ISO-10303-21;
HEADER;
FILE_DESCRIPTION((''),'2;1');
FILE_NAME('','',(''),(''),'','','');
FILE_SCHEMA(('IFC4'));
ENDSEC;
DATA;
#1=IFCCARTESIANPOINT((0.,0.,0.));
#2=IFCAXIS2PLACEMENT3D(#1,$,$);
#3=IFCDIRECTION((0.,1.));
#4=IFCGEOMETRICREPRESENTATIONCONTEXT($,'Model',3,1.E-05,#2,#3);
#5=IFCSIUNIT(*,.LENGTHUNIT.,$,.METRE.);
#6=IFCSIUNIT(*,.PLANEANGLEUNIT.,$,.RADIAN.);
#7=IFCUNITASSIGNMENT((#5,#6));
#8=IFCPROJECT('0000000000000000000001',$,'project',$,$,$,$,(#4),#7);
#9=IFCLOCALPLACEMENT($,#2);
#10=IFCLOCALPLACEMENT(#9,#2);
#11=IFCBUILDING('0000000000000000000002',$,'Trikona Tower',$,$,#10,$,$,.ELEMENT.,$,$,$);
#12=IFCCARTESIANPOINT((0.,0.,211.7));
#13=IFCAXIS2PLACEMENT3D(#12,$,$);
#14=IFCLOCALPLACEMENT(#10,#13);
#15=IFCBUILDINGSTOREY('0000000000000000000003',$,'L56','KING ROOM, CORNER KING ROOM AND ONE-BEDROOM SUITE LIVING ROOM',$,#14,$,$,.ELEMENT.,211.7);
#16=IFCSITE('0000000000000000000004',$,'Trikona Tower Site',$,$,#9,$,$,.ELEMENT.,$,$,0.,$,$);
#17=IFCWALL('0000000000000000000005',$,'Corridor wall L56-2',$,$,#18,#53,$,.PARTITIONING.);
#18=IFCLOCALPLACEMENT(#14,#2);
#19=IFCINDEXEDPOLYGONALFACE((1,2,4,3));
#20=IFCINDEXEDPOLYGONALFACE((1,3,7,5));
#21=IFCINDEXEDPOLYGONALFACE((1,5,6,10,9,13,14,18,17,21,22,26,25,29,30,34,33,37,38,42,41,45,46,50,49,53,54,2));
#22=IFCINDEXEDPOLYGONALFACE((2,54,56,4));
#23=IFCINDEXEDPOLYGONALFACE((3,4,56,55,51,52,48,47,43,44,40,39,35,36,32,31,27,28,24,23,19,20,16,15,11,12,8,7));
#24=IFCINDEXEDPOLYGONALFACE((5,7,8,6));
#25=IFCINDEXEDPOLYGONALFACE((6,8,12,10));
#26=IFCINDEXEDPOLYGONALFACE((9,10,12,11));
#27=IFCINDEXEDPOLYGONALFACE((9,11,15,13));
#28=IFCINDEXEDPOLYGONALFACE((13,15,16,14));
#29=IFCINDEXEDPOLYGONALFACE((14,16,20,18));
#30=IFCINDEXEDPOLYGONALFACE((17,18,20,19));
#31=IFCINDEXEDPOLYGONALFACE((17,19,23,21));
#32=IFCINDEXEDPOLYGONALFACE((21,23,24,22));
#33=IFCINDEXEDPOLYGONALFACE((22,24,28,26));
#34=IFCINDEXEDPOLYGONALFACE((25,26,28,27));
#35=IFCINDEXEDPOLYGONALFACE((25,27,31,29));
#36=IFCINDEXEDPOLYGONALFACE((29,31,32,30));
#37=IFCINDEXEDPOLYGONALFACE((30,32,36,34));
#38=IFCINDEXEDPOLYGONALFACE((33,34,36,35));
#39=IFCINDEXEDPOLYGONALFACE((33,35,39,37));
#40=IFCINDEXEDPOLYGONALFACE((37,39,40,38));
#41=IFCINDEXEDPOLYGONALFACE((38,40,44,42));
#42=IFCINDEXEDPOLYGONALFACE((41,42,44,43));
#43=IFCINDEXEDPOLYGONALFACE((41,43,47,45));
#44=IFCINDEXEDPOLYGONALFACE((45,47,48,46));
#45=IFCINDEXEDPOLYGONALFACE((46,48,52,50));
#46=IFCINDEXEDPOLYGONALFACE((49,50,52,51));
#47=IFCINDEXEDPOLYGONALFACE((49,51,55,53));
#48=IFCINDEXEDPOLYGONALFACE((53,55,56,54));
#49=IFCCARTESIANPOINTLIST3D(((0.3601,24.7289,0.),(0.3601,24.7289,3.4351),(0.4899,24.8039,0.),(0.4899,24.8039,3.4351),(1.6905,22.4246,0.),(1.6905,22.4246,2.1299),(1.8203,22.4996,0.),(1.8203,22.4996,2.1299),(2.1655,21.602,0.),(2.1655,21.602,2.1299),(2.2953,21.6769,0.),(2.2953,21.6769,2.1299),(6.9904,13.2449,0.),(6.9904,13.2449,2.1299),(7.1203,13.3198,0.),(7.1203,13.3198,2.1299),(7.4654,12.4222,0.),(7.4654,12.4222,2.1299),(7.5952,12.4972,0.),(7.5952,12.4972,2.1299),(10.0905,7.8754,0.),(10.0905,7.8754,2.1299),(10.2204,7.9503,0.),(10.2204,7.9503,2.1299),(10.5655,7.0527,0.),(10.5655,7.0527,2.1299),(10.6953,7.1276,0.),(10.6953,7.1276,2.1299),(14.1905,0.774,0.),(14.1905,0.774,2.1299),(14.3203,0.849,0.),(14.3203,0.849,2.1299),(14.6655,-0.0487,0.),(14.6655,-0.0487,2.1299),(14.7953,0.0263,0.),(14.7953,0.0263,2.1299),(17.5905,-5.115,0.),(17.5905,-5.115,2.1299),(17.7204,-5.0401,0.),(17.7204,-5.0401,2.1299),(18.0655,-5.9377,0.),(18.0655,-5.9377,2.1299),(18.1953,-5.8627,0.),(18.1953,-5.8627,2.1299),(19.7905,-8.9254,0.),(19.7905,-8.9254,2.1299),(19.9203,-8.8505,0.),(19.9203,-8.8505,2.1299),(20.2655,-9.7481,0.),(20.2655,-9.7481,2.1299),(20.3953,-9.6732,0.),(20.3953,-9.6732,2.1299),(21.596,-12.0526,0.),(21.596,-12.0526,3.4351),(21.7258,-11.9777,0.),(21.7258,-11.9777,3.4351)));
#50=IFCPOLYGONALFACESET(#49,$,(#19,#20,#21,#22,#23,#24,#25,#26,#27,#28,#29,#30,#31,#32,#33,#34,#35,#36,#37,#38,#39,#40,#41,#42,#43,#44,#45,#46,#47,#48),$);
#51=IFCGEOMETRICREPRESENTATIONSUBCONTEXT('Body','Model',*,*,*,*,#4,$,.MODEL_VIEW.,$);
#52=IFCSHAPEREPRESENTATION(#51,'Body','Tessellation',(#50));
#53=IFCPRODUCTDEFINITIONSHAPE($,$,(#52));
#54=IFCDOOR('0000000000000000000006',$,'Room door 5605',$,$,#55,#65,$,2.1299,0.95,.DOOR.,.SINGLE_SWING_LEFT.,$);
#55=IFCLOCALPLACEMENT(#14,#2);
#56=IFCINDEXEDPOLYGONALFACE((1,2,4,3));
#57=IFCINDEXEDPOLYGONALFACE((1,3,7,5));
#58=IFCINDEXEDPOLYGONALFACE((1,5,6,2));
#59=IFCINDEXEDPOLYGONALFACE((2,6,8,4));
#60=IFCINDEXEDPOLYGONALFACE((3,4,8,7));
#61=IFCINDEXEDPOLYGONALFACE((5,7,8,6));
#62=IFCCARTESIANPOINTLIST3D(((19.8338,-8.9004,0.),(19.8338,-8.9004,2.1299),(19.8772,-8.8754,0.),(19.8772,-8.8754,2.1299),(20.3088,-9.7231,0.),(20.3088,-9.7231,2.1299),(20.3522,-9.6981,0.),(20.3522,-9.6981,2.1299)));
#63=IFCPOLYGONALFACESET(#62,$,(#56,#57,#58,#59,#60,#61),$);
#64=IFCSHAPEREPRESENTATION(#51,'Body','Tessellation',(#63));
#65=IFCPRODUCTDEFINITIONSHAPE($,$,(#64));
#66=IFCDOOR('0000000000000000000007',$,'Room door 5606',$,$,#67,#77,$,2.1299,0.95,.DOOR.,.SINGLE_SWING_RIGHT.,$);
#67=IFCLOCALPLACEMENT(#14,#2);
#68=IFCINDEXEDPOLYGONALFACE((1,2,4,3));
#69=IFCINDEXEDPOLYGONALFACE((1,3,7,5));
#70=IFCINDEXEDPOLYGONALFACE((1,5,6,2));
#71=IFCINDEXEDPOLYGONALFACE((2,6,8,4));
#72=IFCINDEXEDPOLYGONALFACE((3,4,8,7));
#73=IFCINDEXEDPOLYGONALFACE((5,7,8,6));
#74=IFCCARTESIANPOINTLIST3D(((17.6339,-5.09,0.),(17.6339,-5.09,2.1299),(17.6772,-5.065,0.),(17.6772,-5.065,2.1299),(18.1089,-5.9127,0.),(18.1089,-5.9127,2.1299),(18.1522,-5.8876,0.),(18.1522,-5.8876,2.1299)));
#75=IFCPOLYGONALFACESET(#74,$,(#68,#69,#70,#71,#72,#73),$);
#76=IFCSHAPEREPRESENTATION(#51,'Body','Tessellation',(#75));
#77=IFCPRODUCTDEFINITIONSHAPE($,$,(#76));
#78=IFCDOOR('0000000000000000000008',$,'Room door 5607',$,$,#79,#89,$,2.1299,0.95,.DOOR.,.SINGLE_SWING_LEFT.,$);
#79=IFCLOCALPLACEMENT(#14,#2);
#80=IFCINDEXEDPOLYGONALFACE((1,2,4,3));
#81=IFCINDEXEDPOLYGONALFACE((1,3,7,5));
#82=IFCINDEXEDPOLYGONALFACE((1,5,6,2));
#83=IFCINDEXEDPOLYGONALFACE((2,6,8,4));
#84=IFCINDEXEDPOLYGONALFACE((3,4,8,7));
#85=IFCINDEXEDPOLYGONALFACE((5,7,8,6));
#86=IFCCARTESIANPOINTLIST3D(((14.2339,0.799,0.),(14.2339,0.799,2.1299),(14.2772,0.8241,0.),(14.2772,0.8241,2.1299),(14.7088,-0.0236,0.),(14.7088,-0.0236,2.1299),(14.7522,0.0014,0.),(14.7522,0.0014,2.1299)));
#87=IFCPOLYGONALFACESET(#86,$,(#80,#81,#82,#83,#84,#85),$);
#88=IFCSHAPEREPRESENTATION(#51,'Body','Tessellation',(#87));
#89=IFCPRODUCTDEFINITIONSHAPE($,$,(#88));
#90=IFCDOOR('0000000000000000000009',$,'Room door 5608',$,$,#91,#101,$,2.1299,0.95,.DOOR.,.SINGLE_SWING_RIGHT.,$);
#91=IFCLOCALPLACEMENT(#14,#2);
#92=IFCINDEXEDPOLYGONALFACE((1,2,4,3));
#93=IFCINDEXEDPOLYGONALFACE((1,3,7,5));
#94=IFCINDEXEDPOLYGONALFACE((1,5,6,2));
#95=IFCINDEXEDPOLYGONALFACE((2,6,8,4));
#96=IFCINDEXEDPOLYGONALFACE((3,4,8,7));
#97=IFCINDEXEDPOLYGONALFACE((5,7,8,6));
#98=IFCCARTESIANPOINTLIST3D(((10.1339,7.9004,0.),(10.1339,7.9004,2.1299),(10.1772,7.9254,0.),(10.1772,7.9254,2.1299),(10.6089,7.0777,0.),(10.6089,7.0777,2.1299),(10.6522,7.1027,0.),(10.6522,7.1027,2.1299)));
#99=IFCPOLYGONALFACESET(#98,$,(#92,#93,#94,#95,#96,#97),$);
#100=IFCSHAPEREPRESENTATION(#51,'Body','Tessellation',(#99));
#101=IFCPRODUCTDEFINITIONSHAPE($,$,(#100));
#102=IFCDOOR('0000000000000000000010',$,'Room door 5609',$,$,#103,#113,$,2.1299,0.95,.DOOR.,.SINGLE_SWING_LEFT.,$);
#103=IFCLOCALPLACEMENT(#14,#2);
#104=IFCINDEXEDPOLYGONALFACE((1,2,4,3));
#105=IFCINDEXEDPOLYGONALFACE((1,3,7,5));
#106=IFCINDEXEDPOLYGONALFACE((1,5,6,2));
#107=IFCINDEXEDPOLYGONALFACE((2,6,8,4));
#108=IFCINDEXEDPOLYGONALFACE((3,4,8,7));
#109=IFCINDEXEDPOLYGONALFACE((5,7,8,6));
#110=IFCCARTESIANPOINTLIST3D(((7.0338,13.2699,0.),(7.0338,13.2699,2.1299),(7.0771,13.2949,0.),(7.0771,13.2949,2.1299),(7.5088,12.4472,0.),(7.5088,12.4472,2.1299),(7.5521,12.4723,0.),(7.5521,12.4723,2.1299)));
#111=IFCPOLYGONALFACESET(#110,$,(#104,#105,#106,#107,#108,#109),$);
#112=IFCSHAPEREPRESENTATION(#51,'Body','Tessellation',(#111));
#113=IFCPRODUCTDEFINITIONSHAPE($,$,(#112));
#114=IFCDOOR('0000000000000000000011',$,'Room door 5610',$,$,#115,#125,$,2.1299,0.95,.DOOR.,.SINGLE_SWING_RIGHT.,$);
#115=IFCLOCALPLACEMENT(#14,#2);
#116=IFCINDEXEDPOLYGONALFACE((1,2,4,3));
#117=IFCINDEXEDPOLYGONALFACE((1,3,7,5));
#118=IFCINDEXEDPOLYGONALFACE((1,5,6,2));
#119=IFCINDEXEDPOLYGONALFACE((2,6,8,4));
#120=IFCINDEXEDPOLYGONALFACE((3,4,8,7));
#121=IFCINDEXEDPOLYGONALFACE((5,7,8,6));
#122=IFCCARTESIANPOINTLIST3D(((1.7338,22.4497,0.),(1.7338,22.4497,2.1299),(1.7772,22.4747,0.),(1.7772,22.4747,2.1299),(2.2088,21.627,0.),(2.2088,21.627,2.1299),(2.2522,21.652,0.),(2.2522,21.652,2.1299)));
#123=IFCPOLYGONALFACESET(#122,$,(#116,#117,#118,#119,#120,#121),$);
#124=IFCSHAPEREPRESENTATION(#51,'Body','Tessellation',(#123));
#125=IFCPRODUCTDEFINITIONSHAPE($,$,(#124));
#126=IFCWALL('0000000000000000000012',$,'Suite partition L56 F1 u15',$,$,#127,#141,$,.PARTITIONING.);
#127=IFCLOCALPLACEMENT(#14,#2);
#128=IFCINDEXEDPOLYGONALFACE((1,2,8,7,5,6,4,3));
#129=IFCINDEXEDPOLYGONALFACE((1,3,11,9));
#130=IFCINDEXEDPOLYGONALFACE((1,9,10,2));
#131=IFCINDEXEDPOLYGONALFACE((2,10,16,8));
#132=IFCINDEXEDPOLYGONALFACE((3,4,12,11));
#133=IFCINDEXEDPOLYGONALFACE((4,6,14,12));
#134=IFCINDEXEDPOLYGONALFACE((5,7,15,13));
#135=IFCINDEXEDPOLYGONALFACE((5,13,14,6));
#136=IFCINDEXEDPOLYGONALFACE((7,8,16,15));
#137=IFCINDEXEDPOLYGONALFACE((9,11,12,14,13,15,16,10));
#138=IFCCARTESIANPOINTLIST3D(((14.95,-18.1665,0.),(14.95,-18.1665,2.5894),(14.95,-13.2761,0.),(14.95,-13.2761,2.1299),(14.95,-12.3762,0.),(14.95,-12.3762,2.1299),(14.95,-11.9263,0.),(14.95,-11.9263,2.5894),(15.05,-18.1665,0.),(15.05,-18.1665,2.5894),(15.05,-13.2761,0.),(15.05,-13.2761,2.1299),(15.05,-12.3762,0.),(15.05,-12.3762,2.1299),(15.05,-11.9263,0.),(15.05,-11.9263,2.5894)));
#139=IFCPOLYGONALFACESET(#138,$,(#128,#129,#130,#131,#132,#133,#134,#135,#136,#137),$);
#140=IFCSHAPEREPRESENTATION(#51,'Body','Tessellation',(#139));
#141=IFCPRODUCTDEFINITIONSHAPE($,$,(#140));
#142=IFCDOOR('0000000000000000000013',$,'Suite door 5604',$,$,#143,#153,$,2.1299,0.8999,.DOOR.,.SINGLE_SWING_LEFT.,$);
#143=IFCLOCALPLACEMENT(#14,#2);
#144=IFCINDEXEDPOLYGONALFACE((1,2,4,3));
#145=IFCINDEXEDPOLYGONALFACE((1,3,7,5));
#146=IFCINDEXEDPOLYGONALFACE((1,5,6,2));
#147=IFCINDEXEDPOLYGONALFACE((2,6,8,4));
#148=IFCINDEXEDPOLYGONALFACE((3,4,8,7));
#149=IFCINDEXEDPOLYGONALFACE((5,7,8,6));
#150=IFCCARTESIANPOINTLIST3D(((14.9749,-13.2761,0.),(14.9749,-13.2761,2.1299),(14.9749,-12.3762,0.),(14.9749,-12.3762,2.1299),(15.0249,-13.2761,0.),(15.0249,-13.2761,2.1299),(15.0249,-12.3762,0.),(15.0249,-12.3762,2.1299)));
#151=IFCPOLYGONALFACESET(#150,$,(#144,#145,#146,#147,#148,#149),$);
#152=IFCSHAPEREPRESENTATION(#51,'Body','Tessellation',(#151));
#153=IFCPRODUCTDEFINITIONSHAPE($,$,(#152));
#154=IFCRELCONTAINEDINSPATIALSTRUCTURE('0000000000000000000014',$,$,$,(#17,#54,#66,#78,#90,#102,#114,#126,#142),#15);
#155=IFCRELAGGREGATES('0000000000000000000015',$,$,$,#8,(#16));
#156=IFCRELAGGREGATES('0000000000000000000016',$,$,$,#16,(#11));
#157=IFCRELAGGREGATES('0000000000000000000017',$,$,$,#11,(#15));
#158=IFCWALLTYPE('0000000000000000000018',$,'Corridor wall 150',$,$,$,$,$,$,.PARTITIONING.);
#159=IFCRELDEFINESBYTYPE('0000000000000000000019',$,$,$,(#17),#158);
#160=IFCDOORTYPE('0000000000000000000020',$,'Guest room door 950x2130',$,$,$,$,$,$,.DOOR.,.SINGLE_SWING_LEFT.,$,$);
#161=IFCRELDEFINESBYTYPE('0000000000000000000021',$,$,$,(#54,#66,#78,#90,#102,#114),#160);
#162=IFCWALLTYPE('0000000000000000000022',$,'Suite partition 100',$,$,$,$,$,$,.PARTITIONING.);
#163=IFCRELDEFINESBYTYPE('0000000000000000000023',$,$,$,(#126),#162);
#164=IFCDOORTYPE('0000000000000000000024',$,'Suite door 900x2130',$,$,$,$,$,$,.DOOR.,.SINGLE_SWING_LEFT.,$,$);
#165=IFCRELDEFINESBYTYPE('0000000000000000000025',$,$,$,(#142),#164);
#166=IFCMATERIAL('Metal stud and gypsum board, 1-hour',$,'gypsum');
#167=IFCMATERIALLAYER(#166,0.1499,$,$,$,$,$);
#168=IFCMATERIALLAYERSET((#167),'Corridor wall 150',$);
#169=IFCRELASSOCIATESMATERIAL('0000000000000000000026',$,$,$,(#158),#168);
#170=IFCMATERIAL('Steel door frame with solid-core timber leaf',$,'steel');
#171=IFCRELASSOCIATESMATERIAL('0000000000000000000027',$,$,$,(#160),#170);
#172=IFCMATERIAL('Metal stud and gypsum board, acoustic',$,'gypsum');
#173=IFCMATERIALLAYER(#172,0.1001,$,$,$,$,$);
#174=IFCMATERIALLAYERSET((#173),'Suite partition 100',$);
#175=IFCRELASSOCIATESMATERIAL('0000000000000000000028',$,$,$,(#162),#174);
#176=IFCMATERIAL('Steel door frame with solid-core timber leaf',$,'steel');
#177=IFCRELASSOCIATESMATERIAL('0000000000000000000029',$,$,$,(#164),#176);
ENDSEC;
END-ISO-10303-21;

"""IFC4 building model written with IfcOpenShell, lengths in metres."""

from ifc_helpers import new_model, si_unit, direction, frame, frame_2d, origin, place, context, subcontext, project, spatial, rectangle, extrude, material, layer, layer_set, type_object, element, fill, save


model = new_model("IFC4")

# Units and contexts
model_context = context("Model", 3, precision=1e-05, world=origin(), true_north=direction((0.0, 1.0)))
body_context = subcontext(model_context, "Body", "Model", "MODEL_VIEW")
ifc_project = project(units=[si_unit("LENGTHUNIT", "METRE"), si_unit("PLANEANGLEUNIT", "RADIAN")], contexts=[model_context])

# Site, building, storey
site_placement = place(None, origin())
site = spatial("IfcSite", under=ifc_project, at=site_placement, Name="Trikona Tower Site", CompositionType="ELEMENT", RefElevation=0.0)
building_placement = place(site_placement, origin())
building = spatial("IfcBuilding", under=site, at=building_placement, Name="Trikona Tower", CompositionType="ELEMENT")
storey_placement = place(building_placement, frame((0.0, 0.0, 211.7)))
storey = spatial("IfcBuildingStorey", under=building, at=storey_placement, Name="L56", Description="KING ROOM, CORNER KING ROOM AND ONE-BEDROOM SUITE LIVING ROOM", CompositionType="ELEMENT", Elevation=211.7)

# Wall, openings, doors
ifc_material_1 = material(Name="Metal stud and gypsum board, 1-hour", Category="gypsum")
ifc_layer_1 = layer(ifc_material_1, 0.1499)
ifc_layer_set_1 = layer_set([ifc_layer_1], Name="Corridor wall 150")
wall_type_1 = type_object("IfcWallType", Name="Corridor wall 150", PredefinedType="PARTITIONING", material=ifc_layer_set_1)
wall_1_placement = place(storey_placement, frame((21.6609, -12.0151, 0.0), z_axis=(0.0, 0.0, 1.0), x_axis=(-0.500001, 0.866025, 0.0)))
wall_1 = element("IfcWall", 1, at=wall_1_placement, inside=storey, type_object=wall_type_1, Name="Corridor wall L56-2", PredefinedType="PARTITIONING", context=body_context, shape_type="SweptSolid", body=[
    extrude(rectangle(XDim=42.4717, YDim=0.1499, at=frame_2d((21.2358, 0.0))), origin(), (0.0, 0.0, 1.0), 3.4351),
])
opening_1_placement = place(wall_1_placement, frame((2.6609, 0.0, 0.0)))
opening_1 = element("IfcOpeningElement", 2, at=opening_1_placement, cuts=wall_1, PredefinedType="OPENING", context=body_context, shape_type="SweptSolid", body=[
    extrude(rectangle(XDim=0.95, YDim=2.1299, at=frame_2d((0.4751, 1.0649))), frame((0.0, 0.085, 0.0), z_axis=(0.0, -1.0, 0.0), x_axis=(1.0, 0.0, 0.0)), (0.0, 0.0, 1.0), 0.1699),
])
opening_2_placement = place(wall_1_placement, frame((7.0608, 0.0, 0.0)))
opening_2 = element("IfcOpeningElement", 3, at=opening_2_placement, cuts=wall_1, PredefinedType="OPENING", context=body_context, shape_type="SweptSolid", body=[
    extrude(rectangle(XDim=0.95, YDim=2.1299, at=frame_2d((0.4751, 1.0649))), frame((0.0, 0.085, 0.0), z_axis=(0.0, -1.0, 0.0), x_axis=(1.0, 0.0, 0.0)), (0.0, 0.0, 1.0), 0.1699),
])
opening_3_placement = place(wall_1_placement, frame((13.8608, 0.0, 0.0)))
opening_3 = element("IfcOpeningElement", 4, at=opening_3_placement, cuts=wall_1, PredefinedType="OPENING", context=body_context, shape_type="SweptSolid", body=[
    extrude(rectangle(XDim=0.95, YDim=2.1299, at=frame_2d((0.4751, 1.0649))), frame((0.0, 0.085, 0.0), z_axis=(0.0, -1.0, 0.0), x_axis=(1.0, 0.0, 0.0)), (0.0, 0.0, 1.0), 0.1699),
])
opening_4_placement = place(wall_1_placement, frame((22.0608, 0.0, 0.0)))
opening_4 = element("IfcOpeningElement", 5, at=opening_4_placement, cuts=wall_1, PredefinedType="OPENING", context=body_context, shape_type="SweptSolid", body=[
    extrude(rectangle(XDim=0.95, YDim=2.1299, at=frame_2d((0.4751, 1.0649))), frame((0.0, 0.085, 0.0), z_axis=(0.0, -1.0, 0.0), x_axis=(1.0, 0.0, 0.0)), (0.0, 0.0, 1.0), 0.1699),
])
opening_5_placement = place(wall_1_placement, frame((28.261, 0.0, 0.0)))
opening_5 = element("IfcOpeningElement", 6, at=opening_5_placement, cuts=wall_1, PredefinedType="OPENING", context=body_context, shape_type="SweptSolid", body=[
    extrude(rectangle(XDim=0.95, YDim=2.1299, at=frame_2d((0.4751, 1.0649))), frame((0.0, 0.085, 0.0), z_axis=(0.0, -1.0, 0.0), x_axis=(1.0, 0.0, 0.0)), (0.0, 0.0, 1.0), 0.1699),
])
opening_6_placement = place(wall_1_placement, frame((38.8608, 0.0, 0.0)))
opening_6 = element("IfcOpeningElement", 7, at=opening_6_placement, cuts=wall_1, PredefinedType="OPENING", context=body_context, shape_type="SweptSolid", body=[
    extrude(rectangle(XDim=0.95, YDim=2.1299, at=frame_2d((0.4751, 1.0649))), frame((0.0, 0.085, 0.0), z_axis=(0.0, -1.0, 0.0), x_axis=(1.0, 0.0, 0.0)), (0.0, 0.0, 1.0), 0.1699),
])
ifc_material_2 = material(Name="Steel door frame with solid-core timber leaf", Category="steel")
door_type_1 = type_object("IfcDoorType", Name="Guest room door 950x2130", OperationType="SINGLE_SWING_LEFT", PredefinedType="DOOR", material=ifc_material_2)
door_1_placement = place(opening_1_placement, origin())
door_1 = element("IfcDoor", 8, at=door_1_placement, inside=storey, type_object=door_type_1, Name="Room door 5605", OperationType="SINGLE_SWING_LEFT", OverallHeight=2.1299, OverallWidth=0.95, PredefinedType="DOOR", context=body_context, shape_type="SweptSolid", body=[
    extrude(rectangle(XDim=0.95, YDim=2.1299, at=frame_2d((0.4751, 1.0649))), frame((0.0, 0.0249, 0.0), z_axis=(0.0, -1.0, 0.0), x_axis=(1.0, 0.0, 0.0)), (0.0, 0.0, 1.0), 0.05),
])
fill(opening_1, door_1)
door_2_placement = place(opening_2_placement, origin())
door_2 = element("IfcDoor", 9, at=door_2_placement, inside=storey, type_object=door_type_1, Name="Room door 5606", OperationType="SINGLE_SWING_RIGHT", OverallHeight=2.1299, OverallWidth=0.95, PredefinedType="DOOR", context=body_context, shape_type="SweptSolid", body=[
    extrude(rectangle(XDim=0.95, YDim=2.1299, at=frame_2d((0.4751, 1.0649))), frame((0.0, 0.0249, 0.0), z_axis=(0.0, -1.0, 0.0), x_axis=(1.0, 0.0, 0.0)), (0.0, 0.0, 1.0), 0.05),
])
fill(opening_2, door_2)
door_3_placement = place(opening_3_placement, origin())
door_3 = element("IfcDoor", 10, at=door_3_placement, inside=storey, type_object=door_type_1, Name="Room door 5607", OperationType="SINGLE_SWING_LEFT", OverallHeight=2.1299, OverallWidth=0.95, PredefinedType="DOOR", context=body_context, shape_type="SweptSolid", body=[
    extrude(rectangle(XDim=0.95, YDim=2.1299, at=frame_2d((0.4751, 1.0649))), frame((0.0, 0.0249, 0.0), z_axis=(0.0, -1.0, 0.0), x_axis=(1.0, 0.0, 0.0)), (0.0, 0.0, 1.0), 0.05),
])
fill(opening_3, door_3)
door_4_placement = place(opening_4_placement, origin())
door_4 = element("IfcDoor", 11, at=door_4_placement, inside=storey, type_object=door_type_1, Name="Room door 5608", OperationType="SINGLE_SWING_RIGHT", OverallHeight=2.1299, OverallWidth=0.95, PredefinedType="DOOR", context=body_context, shape_type="SweptSolid", body=[
    extrude(rectangle(XDim=0.95, YDim=2.1299, at=frame_2d((0.4751, 1.0649))), frame((0.0, 0.0249, 0.0), z_axis=(0.0, -1.0, 0.0), x_axis=(1.0, 0.0, 0.0)), (0.0, 0.0, 1.0), 0.05),
])
fill(opening_4, door_4)
door_5_placement = place(opening_5_placement, origin())
door_5 = element("IfcDoor", 12, at=door_5_placement, inside=storey, type_object=door_type_1, Name="Room door 5609", OperationType="SINGLE_SWING_LEFT", OverallHeight=2.1299, OverallWidth=0.95, PredefinedType="DOOR", context=body_context, shape_type="SweptSolid", body=[
    extrude(rectangle(XDim=0.95, YDim=2.1299, at=frame_2d((0.4751, 1.0649))), frame((0.0, 0.0249, 0.0), z_axis=(0.0, -1.0, 0.0), x_axis=(1.0, 0.0, 0.0)), (0.0, 0.0, 1.0), 0.05),
])
fill(opening_5, door_5)
door_6_placement = place(opening_6_placement, origin())
door_6 = element("IfcDoor", 13, at=door_6_placement, inside=storey, type_object=door_type_1, Name="Room door 5610", OperationType="SINGLE_SWING_RIGHT", OverallHeight=2.1299, OverallWidth=0.95, PredefinedType="DOOR", context=body_context, shape_type="SweptSolid", body=[
    extrude(rectangle(XDim=0.95, YDim=2.1299, at=frame_2d((0.4751, 1.0649))), frame((0.0, 0.0249, 0.0), z_axis=(0.0, -1.0, 0.0), x_axis=(1.0, 0.0, 0.0)), (0.0, 0.0, 1.0), 0.05),
])
fill(opening_6, door_6)

# Wall, opening, door
ifc_material_3 = material(Name="Metal stud and gypsum board, acoustic", Category="gypsum")
ifc_layer_2 = layer(ifc_material_3, 0.1001)
ifc_layer_set_2 = layer_set([ifc_layer_2], Name="Suite partition 100")
wall_type_2 = type_object("IfcWallType", Name="Suite partition 100", PredefinedType="PARTITIONING", material=ifc_layer_set_2)
wall_2_placement = place(storey_placement, frame((15.0, -11.9263, 0.0), z_axis=(0.0, 0.0, 1.0), x_axis=(0.0, -1.0, 0.0)))
wall_2 = element("IfcWall", 14, at=wall_2_placement, inside=storey, type_object=wall_type_2, Name="Suite partition L56 F1 u15", PredefinedType="PARTITIONING", context=body_context, shape_type="SweptSolid", body=[
    extrude(rectangle(XDim=6.2402, YDim=0.1001, at=frame_2d((3.1201, 0.0))), origin(), (0.0, 0.0, 1.0), 2.5894),
])
opening_7_placement = place(wall_2_placement, frame((0.45, 0.0, 0.0)))
opening_7 = element("IfcOpeningElement", 15, at=opening_7_placement, cuts=wall_2, PredefinedType="OPENING", context=body_context, shape_type="SweptSolid", body=[
    extrude(rectangle(XDim=0.8999, YDim=2.1299, at=frame_2d((0.45, 1.0649))), frame((0.0, 0.0601, 0.0), z_axis=(0.0, -1.0, 0.0), x_axis=(1.0, 0.0, 0.0)), (0.0, 0.0, 1.0), 0.1201),
])
ifc_material_4 = material(Name="Steel door frame with solid-core timber leaf", Category="steel")
door_type_2 = type_object("IfcDoorType", Name="Suite door 900x2130", OperationType="SINGLE_SWING_LEFT", PredefinedType="DOOR", material=ifc_material_4)
door_7_placement = place(opening_7_placement, origin())
door_7 = element("IfcDoor", 16, at=door_7_placement, inside=storey, type_object=door_type_2, Name="Suite door 5604", OperationType="SINGLE_SWING_LEFT", OverallHeight=2.1299, OverallWidth=0.8999, PredefinedType="DOOR", context=body_context, shape_type="SweptSolid", body=[
    extrude(rectangle(XDim=0.8999, YDim=2.1299, at=frame_2d((0.45, 1.0649))), frame((0.0, 0.0249, 0.0), z_axis=(0.0, -1.0, 0.0), x_axis=(1.0, 0.0, 0.0)), (0.0, 0.0, 1.0), 0.05),
])
fill(opening_7, door_7)

save(model, "model.ifc")
